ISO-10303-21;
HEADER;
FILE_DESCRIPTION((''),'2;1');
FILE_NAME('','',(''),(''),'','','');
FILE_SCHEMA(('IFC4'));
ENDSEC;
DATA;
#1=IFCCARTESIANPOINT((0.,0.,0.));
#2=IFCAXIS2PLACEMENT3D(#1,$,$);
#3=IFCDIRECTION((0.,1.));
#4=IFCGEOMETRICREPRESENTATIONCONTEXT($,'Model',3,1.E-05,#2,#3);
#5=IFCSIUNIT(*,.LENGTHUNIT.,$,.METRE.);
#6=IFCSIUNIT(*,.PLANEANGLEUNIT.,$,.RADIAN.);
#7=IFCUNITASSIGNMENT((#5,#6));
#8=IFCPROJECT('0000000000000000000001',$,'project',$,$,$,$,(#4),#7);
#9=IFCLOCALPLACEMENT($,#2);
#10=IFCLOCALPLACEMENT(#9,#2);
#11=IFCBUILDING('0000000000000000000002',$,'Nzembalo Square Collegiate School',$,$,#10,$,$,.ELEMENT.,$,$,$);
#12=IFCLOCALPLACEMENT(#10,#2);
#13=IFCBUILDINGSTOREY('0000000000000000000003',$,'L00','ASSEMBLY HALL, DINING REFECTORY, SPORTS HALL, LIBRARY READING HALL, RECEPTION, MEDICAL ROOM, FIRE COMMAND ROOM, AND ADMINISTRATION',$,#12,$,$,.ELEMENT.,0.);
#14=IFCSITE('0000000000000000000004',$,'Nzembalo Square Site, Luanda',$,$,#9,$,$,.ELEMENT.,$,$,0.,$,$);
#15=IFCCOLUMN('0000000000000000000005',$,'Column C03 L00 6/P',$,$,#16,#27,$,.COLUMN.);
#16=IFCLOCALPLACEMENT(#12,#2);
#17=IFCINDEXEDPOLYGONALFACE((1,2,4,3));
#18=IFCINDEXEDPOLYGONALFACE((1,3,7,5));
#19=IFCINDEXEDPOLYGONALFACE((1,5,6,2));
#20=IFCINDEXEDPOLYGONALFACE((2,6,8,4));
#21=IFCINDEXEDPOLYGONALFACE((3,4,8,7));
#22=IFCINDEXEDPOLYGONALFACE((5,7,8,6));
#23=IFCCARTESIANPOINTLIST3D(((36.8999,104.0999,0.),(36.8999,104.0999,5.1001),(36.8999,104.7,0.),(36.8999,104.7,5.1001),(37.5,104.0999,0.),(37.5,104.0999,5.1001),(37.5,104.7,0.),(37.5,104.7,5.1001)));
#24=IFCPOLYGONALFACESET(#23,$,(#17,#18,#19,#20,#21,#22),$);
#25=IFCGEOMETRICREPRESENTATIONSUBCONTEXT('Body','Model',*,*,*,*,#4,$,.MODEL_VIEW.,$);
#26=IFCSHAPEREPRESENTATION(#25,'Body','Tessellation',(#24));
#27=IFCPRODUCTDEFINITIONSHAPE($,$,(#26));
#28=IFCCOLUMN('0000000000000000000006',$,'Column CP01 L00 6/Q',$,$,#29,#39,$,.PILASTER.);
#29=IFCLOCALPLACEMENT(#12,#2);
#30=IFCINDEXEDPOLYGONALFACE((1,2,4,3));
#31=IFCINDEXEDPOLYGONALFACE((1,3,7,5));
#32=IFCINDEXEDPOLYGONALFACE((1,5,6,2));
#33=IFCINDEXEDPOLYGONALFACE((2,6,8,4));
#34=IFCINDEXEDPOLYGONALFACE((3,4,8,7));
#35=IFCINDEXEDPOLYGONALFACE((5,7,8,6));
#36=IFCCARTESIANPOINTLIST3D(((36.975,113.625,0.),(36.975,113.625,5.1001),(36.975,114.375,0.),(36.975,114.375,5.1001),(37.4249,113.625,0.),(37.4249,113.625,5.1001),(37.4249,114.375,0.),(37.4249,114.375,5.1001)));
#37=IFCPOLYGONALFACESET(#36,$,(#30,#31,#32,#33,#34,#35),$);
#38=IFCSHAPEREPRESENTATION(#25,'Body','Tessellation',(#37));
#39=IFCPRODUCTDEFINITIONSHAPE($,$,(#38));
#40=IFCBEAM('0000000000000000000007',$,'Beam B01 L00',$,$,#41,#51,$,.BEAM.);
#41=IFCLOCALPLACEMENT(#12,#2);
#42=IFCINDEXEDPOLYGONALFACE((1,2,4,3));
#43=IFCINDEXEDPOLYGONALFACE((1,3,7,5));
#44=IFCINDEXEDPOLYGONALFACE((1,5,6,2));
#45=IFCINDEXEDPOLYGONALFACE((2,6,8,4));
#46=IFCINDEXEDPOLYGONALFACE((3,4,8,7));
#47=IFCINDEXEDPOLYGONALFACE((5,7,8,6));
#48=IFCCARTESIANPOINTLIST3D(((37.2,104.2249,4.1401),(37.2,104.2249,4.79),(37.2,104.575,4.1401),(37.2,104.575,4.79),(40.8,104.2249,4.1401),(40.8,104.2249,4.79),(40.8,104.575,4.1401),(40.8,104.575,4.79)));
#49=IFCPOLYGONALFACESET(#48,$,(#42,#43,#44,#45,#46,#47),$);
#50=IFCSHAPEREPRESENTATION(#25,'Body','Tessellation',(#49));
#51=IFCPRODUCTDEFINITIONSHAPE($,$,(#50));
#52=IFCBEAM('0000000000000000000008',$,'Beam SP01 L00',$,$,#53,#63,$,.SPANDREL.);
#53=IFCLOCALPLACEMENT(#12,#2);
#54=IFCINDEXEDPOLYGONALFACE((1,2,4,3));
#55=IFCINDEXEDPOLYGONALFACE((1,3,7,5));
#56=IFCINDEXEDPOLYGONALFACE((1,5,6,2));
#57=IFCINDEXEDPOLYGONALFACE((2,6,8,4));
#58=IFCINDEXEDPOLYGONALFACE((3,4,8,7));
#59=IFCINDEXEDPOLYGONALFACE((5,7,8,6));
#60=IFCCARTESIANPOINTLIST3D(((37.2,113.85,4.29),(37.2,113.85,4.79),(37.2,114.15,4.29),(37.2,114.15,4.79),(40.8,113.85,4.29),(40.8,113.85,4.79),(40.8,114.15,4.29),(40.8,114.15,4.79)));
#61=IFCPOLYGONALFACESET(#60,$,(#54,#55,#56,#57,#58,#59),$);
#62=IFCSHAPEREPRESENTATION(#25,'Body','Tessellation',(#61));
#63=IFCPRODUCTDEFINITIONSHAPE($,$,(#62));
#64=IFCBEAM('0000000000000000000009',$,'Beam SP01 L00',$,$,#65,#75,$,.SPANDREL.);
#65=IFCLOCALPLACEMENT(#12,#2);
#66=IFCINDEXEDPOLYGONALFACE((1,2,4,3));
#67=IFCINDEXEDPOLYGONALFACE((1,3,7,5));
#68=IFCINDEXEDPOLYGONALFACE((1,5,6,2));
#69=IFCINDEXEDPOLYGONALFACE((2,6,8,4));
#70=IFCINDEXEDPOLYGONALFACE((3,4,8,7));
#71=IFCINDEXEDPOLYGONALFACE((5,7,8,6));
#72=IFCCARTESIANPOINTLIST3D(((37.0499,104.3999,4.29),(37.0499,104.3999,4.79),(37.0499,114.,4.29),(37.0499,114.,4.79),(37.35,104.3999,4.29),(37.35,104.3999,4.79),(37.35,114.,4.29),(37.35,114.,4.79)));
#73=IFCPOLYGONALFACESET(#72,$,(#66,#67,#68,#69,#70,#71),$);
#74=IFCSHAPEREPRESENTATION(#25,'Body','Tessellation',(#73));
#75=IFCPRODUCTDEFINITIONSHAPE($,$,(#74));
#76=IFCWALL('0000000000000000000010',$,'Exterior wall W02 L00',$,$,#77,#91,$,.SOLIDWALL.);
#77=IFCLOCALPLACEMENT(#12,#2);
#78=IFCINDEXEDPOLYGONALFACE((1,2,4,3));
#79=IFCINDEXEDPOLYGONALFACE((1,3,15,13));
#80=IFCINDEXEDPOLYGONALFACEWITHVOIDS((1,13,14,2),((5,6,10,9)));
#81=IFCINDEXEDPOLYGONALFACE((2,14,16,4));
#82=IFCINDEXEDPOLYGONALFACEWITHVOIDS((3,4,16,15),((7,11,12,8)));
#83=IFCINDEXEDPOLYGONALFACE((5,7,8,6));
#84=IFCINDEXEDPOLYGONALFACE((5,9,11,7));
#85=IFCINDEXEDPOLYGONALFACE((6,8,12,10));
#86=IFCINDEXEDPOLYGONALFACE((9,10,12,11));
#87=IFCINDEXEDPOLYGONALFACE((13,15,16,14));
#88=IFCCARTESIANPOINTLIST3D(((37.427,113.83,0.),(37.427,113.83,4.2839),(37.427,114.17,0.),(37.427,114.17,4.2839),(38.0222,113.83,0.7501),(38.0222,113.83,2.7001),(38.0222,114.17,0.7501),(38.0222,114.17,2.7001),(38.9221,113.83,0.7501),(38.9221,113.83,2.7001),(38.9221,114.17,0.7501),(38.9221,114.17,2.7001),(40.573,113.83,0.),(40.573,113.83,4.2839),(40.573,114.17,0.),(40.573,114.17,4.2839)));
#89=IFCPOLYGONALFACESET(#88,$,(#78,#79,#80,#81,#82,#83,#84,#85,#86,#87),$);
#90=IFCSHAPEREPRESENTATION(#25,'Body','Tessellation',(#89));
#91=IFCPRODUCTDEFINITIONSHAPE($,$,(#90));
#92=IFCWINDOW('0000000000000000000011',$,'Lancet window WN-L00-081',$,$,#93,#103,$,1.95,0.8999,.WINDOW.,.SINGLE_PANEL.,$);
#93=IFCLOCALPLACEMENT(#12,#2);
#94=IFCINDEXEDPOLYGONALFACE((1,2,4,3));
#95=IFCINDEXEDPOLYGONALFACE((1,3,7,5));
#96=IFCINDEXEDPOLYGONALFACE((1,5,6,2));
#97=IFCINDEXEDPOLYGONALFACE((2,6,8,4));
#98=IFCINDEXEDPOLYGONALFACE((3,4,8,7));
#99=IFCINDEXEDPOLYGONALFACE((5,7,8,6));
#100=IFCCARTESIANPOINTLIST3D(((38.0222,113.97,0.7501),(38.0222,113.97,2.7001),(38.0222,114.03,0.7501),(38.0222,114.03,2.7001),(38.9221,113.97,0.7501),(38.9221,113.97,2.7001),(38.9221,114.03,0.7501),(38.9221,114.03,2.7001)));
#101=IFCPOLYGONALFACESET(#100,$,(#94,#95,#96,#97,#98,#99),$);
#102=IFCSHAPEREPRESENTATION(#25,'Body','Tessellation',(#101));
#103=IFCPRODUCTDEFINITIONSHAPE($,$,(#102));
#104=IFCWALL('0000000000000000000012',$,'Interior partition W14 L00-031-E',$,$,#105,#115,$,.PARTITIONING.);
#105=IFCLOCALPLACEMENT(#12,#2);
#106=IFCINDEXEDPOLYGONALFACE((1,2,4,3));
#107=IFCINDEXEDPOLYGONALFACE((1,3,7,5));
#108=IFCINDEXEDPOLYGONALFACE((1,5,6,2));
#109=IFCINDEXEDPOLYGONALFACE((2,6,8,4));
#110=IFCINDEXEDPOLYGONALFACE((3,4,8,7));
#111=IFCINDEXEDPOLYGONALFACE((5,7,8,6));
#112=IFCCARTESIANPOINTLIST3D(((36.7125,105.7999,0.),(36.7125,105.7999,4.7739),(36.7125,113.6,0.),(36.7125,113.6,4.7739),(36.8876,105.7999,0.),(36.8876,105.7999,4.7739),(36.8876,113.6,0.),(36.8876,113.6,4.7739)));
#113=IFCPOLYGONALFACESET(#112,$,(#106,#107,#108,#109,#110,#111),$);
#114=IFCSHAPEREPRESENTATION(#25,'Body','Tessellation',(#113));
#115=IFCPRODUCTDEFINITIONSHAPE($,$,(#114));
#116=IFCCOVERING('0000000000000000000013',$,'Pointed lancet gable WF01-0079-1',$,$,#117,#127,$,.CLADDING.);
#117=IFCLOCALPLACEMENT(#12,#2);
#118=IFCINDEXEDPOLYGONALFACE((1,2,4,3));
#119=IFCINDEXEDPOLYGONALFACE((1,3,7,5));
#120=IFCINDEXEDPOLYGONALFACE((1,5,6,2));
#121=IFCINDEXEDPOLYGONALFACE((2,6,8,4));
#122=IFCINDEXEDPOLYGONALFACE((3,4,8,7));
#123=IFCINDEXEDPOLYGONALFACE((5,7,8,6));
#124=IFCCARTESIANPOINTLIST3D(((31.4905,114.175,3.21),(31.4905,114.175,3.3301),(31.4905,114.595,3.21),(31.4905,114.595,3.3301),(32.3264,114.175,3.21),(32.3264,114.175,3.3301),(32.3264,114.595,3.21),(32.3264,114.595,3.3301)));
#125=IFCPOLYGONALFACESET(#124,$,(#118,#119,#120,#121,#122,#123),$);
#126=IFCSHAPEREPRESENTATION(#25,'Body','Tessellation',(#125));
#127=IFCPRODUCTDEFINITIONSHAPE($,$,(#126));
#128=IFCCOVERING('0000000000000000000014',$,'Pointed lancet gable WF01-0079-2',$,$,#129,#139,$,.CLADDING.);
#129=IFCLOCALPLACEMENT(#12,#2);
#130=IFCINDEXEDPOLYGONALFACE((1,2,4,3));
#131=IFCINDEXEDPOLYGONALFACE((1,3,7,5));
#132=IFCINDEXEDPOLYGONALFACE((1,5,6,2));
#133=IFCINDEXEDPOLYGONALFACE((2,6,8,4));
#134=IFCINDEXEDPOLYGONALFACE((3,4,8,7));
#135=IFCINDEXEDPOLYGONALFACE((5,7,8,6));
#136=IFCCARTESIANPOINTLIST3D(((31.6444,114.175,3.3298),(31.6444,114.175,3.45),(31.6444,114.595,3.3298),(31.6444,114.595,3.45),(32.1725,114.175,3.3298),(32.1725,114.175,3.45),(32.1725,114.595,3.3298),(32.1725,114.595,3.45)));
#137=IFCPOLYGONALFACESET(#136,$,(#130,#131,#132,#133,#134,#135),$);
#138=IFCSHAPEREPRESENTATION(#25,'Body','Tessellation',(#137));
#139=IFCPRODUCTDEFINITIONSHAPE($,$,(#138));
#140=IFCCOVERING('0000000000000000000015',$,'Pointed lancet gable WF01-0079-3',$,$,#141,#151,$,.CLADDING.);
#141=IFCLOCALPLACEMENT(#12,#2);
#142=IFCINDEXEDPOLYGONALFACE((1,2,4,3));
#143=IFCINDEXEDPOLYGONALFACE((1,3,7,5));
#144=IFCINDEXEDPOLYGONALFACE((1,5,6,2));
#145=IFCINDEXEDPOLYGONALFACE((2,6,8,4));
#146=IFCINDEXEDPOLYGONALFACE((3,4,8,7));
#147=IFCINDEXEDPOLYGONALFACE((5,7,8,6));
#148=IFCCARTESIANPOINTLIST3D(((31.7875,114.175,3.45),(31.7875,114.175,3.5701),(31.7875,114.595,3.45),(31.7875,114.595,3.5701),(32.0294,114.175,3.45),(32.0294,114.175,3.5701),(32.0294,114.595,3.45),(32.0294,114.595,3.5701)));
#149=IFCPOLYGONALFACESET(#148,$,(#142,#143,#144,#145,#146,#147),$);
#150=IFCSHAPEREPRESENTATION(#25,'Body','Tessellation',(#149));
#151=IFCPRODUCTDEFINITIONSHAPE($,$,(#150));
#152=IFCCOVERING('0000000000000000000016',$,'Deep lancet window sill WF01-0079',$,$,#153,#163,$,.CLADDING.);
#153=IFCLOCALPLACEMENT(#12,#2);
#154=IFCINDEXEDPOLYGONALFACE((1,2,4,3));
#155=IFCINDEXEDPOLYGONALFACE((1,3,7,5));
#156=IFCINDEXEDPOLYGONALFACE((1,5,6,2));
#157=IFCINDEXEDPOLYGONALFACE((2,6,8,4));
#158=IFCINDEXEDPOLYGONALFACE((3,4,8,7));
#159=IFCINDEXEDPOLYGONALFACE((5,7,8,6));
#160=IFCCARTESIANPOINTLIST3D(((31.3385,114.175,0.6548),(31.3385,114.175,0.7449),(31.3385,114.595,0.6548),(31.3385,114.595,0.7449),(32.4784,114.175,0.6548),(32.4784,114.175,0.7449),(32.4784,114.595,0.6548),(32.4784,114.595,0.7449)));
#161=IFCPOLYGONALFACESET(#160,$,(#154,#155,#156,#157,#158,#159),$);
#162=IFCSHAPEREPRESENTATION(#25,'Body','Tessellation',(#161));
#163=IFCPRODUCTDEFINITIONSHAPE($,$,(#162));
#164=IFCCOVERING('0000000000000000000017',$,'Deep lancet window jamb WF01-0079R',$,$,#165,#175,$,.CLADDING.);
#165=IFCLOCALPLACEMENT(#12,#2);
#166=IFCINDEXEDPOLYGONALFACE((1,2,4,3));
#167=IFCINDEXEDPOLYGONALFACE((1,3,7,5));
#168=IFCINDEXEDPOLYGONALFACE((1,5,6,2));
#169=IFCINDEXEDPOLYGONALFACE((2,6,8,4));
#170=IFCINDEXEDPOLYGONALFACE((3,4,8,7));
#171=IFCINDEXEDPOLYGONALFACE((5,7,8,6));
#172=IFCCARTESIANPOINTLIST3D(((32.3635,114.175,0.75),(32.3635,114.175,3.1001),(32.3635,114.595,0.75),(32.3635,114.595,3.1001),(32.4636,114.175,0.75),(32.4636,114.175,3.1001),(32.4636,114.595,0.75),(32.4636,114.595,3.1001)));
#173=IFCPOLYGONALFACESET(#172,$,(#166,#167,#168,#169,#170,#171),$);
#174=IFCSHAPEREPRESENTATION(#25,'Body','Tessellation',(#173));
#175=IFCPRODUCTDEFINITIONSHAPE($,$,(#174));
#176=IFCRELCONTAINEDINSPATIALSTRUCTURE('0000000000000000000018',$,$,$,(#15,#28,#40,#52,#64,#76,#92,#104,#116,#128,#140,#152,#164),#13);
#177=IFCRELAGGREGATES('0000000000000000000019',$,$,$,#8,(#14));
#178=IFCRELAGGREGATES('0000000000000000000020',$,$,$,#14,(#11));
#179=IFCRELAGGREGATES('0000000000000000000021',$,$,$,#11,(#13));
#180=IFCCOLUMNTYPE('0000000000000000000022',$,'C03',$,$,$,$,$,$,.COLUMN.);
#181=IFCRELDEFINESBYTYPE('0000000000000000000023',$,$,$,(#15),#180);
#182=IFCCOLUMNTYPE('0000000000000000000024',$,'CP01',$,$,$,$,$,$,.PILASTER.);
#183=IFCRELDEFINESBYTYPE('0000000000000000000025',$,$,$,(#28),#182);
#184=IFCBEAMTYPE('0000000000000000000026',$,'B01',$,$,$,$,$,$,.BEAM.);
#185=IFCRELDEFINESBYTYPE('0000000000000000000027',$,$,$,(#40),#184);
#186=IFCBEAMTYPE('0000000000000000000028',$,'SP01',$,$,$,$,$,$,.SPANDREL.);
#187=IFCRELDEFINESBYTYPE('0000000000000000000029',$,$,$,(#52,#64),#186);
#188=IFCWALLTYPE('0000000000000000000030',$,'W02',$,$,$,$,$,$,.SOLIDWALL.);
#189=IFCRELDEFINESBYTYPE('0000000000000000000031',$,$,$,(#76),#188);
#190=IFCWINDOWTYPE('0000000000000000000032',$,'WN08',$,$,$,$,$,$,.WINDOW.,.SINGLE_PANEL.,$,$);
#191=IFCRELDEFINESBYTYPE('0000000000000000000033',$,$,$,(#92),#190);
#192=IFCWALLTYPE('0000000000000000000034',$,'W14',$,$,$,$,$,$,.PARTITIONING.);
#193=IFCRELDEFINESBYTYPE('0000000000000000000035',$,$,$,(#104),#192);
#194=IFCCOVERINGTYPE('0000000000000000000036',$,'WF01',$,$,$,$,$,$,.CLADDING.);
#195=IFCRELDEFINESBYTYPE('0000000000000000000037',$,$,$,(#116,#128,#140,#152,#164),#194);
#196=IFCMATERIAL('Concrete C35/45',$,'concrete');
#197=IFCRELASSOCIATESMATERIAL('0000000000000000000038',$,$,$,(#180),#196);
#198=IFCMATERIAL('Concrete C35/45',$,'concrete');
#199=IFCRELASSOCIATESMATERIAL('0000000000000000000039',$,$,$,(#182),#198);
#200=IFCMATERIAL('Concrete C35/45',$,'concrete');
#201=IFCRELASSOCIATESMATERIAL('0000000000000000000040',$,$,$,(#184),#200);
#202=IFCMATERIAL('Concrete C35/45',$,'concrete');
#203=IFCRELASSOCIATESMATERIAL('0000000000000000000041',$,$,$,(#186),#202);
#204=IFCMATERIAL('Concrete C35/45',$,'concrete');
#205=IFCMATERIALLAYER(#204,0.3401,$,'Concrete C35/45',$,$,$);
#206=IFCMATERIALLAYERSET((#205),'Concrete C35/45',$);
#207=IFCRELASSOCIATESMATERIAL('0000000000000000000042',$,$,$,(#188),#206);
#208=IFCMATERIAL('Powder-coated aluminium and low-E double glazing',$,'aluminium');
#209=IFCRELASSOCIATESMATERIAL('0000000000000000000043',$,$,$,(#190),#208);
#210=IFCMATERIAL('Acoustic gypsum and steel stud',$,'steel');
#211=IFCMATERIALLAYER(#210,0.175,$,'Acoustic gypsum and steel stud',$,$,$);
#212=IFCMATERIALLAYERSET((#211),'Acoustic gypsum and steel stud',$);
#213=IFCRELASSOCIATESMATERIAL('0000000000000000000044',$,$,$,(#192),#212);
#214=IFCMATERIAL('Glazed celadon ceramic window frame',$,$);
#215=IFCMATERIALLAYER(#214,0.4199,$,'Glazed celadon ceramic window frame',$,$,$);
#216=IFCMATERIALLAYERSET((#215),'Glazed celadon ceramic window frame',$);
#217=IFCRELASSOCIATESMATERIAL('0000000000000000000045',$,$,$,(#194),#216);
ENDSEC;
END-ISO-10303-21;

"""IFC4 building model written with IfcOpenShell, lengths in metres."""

from ifc_helpers import new_model, si_unit, direction, frame, frame_2d, origin, origin_2d, place, context, subcontext, project, spatial, rectangle, extrude, material, layer, layer_set, material_profile, profile_set, type_object, element, fill, save


model = new_model("IFC4")

# Units and contexts
model_context = context("Model", 3, precision=1e-05, world=origin(), true_north=direction((0.0, 1.0)))
body_context = subcontext(model_context, "Body", "Model", "MODEL_VIEW")
ifc_project = project(units=[si_unit("LENGTHUNIT", "METRE"), si_unit("PLANEANGLEUNIT", "RADIAN")], contexts=[model_context])

# Site, building, storey
site_placement = place(None, origin())
site = spatial("IfcSite", under=ifc_project, at=site_placement, Name="Nzembalo Square Site, Luanda", CompositionType="ELEMENT", RefElevation=0.0)
building_placement = place(site_placement, origin())
building = spatial("IfcBuilding", under=site, at=building_placement, Name="Nzembalo Square Collegiate School", CompositionType="ELEMENT")
storey_placement = place(building_placement, origin())
storey = spatial("IfcBuildingStorey", under=building, at=storey_placement, Name="L00", Description="ASSEMBLY HALL, DINING REFECTORY, SPORTS HALL, LIBRARY READING HALL, RECEPTION, MEDICAL ROOM, FIRE COMMAND ROOM, AND ADMINISTRATION", CompositionType="ELEMENT", Elevation=0.0)

# Columns
ifc_material_1 = material(Name="Concrete C35/45", Category="concrete")
ifc_material_profile_1 = material_profile(ifc_material_1, rectangle(XDim=0.6001, YDim=0.6001, at=origin_2d()), Name="RC 600x600")
ifc_profile_set_1 = profile_set([ifc_material_profile_1], Name="Concrete C35/45")
column_type_1 = type_object("IfcColumnType", Name="C03", PredefinedType="COLUMN", material=ifc_profile_set_1)
column_1_placement = place(storey_placement, frame((37.2, 104.3999, 0.0), z_axis=(0.0, 0.0, 1.0), x_axis=(1.0, 0.0, 0.0)))
element("IfcColumn", 1, at=column_1_placement, inside=storey, type_object=column_type_1, Name="Column C03 L00 6/P", PredefinedType="COLUMN", context=body_context, shape_type="SweptSolid", body=[
    extrude(rectangle(XDim=0.6001, YDim=0.6001, at=origin_2d()), origin(), (0.0, 0.0, 1.0), 5.1001),
])
ifc_material_2 = material(Name="Concrete C35/45", Category="concrete")
ifc_material_profile_2 = material_profile(ifc_material_2, rectangle(XDim=0.45, YDim=0.75, at=origin_2d()), Name="RC 450x750")
ifc_profile_set_2 = profile_set([ifc_material_profile_2], Name="Concrete C35/45")
column_type_2 = type_object("IfcColumnType", Name="CP01", PredefinedType="PILASTER", material=ifc_profile_set_2)
column_2_placement = place(storey_placement, frame((37.2, 114.0, 0.0), z_axis=(0.0, 0.0, 1.0), x_axis=(1.0, 0.0, 0.0)))
element("IfcColumn", 2, at=column_2_placement, inside=storey, type_object=column_type_2, Name="Column CP01 L00 6/Q", PredefinedType="PILASTER", context=body_context, shape_type="SweptSolid", body=[
    extrude(rectangle(XDim=0.45, YDim=0.75, at=origin_2d()), origin(), (0.0, 0.0, 1.0), 5.1001),
])

# Beams
ifc_material_3 = material(Name="Concrete C35/45", Category="concrete")
ifc_material_profile_3 = material_profile(ifc_material_3, rectangle(XDim=0.3501, YDim=0.6499, at=origin_2d()), Name="RC 350x650")
ifc_profile_set_3 = profile_set([ifc_material_profile_3], Name="Concrete C35/45")
beam_type_1 = type_object("IfcBeamType", Name="B01", PredefinedType="BEAM", material=ifc_profile_set_3)
beam_1_placement = place(storey_placement, frame((37.2, 104.3999, 4.4651), z_axis=(1.0, 0.0, 0.0), x_axis=(0.0, 1.0, 0.0)))
element("IfcBeam", 3, at=beam_1_placement, inside=storey, type_object=beam_type_1, Name="Beam B01 L00", PredefinedType="BEAM", context=body_context, shape_type="SweptSolid", body=[
    extrude(rectangle(XDim=0.3501, YDim=0.6499, at=origin_2d()), origin(), (0.0, 0.0, 1.0), 3.6001),
])
ifc_material_4 = material(Name="Concrete C35/45", Category="concrete")
ifc_material_profile_4 = material_profile(ifc_material_4, rectangle(XDim=0.3, YDim=0.5, at=origin_2d()), Name="RC 300x500")
ifc_profile_set_4 = profile_set([ifc_material_profile_4], Name="Concrete C35/45")
beam_type_2 = type_object("IfcBeamType", Name="SP01", PredefinedType="SPANDREL", material=ifc_profile_set_4)
beam_2_placement = place(storey_placement, frame((37.2, 114.0, 4.54), z_axis=(1.0, 0.0, 0.0), x_axis=(0.0, 1.0, 0.0)))
element("IfcBeam", 4, at=beam_2_placement, inside=storey, type_object=beam_type_2, Name="Beam SP01 L00", PredefinedType="SPANDREL", context=body_context, shape_type="SweptSolid", body=[
    extrude(rectangle(XDim=0.3, YDim=0.5, at=origin_2d()), origin(), (0.0, 0.0, 1.0), 3.6001),
])
beam_3_placement = place(storey_placement, frame((37.2, 104.3999, 4.54), z_axis=(0.0, 1.0, 0.0), x_axis=(-1.0, 0.0, 0.0)))
element("IfcBeam", 5, at=beam_3_placement, inside=storey, type_object=beam_type_2, Name="Beam SP01 L00", PredefinedType="SPANDREL", context=body_context, shape_type="SweptSolid", body=[
    extrude(rectangle(XDim=0.3, YDim=0.5, at=origin_2d()), origin(), (0.0, 0.0, 1.0), 9.6001),
])

# Wall, opening, window
ifc_material_5 = material(Name="Concrete C35/45", Category="concrete")
ifc_layer_1 = layer(ifc_material_5, 0.3401, Name="Concrete C35/45")
ifc_layer_set_1 = layer_set([ifc_layer_1], Name="Concrete C35/45")
wall_type_1 = type_object("IfcWallType", Name="W02", PredefinedType="SOLIDWALL", material=ifc_layer_set_1)
wall_1_placement = place(storey_placement, frame((37.427, 114.0, 0.0), z_axis=(0.0, 0.0, 1.0), x_axis=(1.0, 0.0, 0.0)))
wall_1 = element("IfcWall", 6, at=wall_1_placement, inside=storey, type_object=wall_type_1, Name="Exterior wall W02 L00", PredefinedType="SOLIDWALL", context=body_context, shape_type="SweptSolid", body=[
    extrude(rectangle(XDim=3.146, YDim=0.3401, at=frame_2d((1.573, 0.0))), origin(), (0.0, 0.0, 1.0), 4.2839),
])
opening_placement = place(wall_1_placement, frame((0.5952, 0.0, 0.75)))
opening = element("IfcOpeningElement", 7, at=opening_placement, cuts=wall_1, PredefinedType="OPENING", context=body_context, shape_type="SweptSolid", body=[
    extrude(rectangle(XDim=0.8999, YDim=1.95, at=frame_2d((0.45, 0.9751))), frame((0.0, 0.1802, 0.0), z_axis=(0.0, -1.0, 0.0), x_axis=(1.0, 0.0, 0.0)), (0.0, 0.0, 1.0), 0.3601),
])
ifc_material_6 = material(Name="Powder-coated aluminium and low-E double glazing", Category="aluminium")
window_type = type_object("IfcWindowType", Name="WN08", PartitioningType="SINGLE_PANEL", PredefinedType="WINDOW", material=ifc_material_6)
window_placement = place(opening_placement, origin())
window = element("IfcWindow", 8, at=window_placement, inside=storey, type_object=window_type, Name="Lancet window WN-L00-081", OverallHeight=1.95, OverallWidth=0.8999, PartitioningType="SINGLE_PANEL", PredefinedType="WINDOW", context=body_context, shape_type="SweptSolid", body=[
    extrude(rectangle(XDim=0.8999, YDim=1.95, at=frame_2d((0.45, 0.9751))), frame((0.0, 0.03, 0.0), z_axis=(0.0, -1.0, 0.0), x_axis=(1.0, 0.0, 0.0)), (0.0, 0.0, 1.0), 0.0601),
])
fill(opening, window)

# Wall
ifc_material_7 = material(Name="Acoustic gypsum and steel stud", Category="steel")
ifc_layer_2 = layer(ifc_material_7, 0.175, Name="Acoustic gypsum and steel stud")
ifc_layer_set_2 = layer_set([ifc_layer_2], Name="Acoustic gypsum and steel stud")
wall_type_2 = type_object("IfcWallType", Name="W14", PredefinedType="PARTITIONING", material=ifc_layer_set_2)
wall_2_placement = place(storey_placement, frame((36.8, 105.8, 0.0), z_axis=(0.0, 0.0, 1.0), x_axis=(0.0, 1.0, 0.0)))
element("IfcWall", 9, at=wall_2_placement, inside=storey, type_object=wall_type_2, Name="Interior partition W14 L00-031-E", PredefinedType="PARTITIONING", context=body_context, shape_type="SweptSolid", body=[
    extrude(rectangle(XDim=7.8, YDim=0.175, at=frame_2d((3.8999, 0.0))), origin(), (0.0, 0.0, 1.0), 4.7739),
])

# Coverings
ifc_material_8 = material(Name="Glazed celadon ceramic window frame")
ifc_layer_3 = layer(ifc_material_8, 0.4199, Name="Glazed celadon ceramic window frame")
ifc_layer_set_3 = layer_set([ifc_layer_3], Name="Glazed celadon ceramic window frame")
covering_type = type_object("IfcCoveringType", Name="WF01", PredefinedType="CLADDING", material=ifc_layer_set_3)
covering_1_placement = place(storey_placement, frame((31.9084, 114.385, 3.21), z_axis=(0.0, 0.0, 1.0), x_axis=(1.0, 0.0, 0.0)))
element("IfcCovering", 10, at=covering_1_placement, inside=storey, type_object=covering_type, Name="Pointed lancet gable WF01-0079-1", PredefinedType="CLADDING", context=body_context, shape_type="SweptSolid", body=[
    extrude(rectangle(XDim=0.8359, YDim=0.4199, at=origin_2d()), origin(), (0.0, 0.0, 1.0), 0.1201),
])
covering_2_placement = place(storey_placement, frame((31.9084, 114.385, 3.3298), z_axis=(0.0, 0.0, 1.0), x_axis=(1.0, 0.0, 0.0)))
element("IfcCovering", 11, at=covering_2_placement, inside=storey, type_object=covering_type, Name="Pointed lancet gable WF01-0079-2", PredefinedType="CLADDING", context=body_context, shape_type="SweptSolid", body=[
    extrude(rectangle(XDim=0.5281, YDim=0.4199, at=origin_2d()), origin(), (0.0, 0.0, 1.0), 0.1201),
])
covering_3_placement = place(storey_placement, frame((31.9084, 114.385, 3.45), z_axis=(0.0, 0.0, 1.0), x_axis=(1.0, 0.0, 0.0)))
element("IfcCovering", 12, at=covering_3_placement, inside=storey, type_object=covering_type, Name="Pointed lancet gable WF01-0079-3", PredefinedType="CLADDING", context=body_context, shape_type="SweptSolid", body=[
    extrude(rectangle(XDim=0.2419, YDim=0.4199, at=origin_2d()), origin(), (0.0, 0.0, 1.0), 0.1201),
])
covering_4_placement = place(storey_placement, frame((31.9084, 114.385, 0.6548), z_axis=(0.0, 0.0, 1.0), x_axis=(1.0, 0.0, 0.0)))
element("IfcCovering", 13, at=covering_4_placement, inside=storey, type_object=covering_type, Name="Deep lancet window sill WF01-0079", PredefinedType="CLADDING", context=body_context, shape_type="SweptSolid", body=[
    extrude(rectangle(XDim=1.1399, YDim=0.4199, at=origin_2d()), origin(), (0.0, 0.0, 1.0), 0.0901),
])
covering_5_placement = place(storey_placement, frame((32.4136, 114.385, 0.75), z_axis=(0.0, 0.0, 1.0), x_axis=(1.0, 0.0, 0.0)))
element("IfcCovering", 14, at=covering_5_placement, inside=storey, type_object=covering_type, Name="Deep lancet window jamb WF01-0079R", PredefinedType="CLADDING", context=body_context, shape_type="SweptSolid", body=[
    extrude(rectangle(XDim=0.1001, YDim=0.4199, at=origin_2d()), origin(), (0.0, 0.0, 1.0), 2.3501),
])

save(model, "model.ifc")
